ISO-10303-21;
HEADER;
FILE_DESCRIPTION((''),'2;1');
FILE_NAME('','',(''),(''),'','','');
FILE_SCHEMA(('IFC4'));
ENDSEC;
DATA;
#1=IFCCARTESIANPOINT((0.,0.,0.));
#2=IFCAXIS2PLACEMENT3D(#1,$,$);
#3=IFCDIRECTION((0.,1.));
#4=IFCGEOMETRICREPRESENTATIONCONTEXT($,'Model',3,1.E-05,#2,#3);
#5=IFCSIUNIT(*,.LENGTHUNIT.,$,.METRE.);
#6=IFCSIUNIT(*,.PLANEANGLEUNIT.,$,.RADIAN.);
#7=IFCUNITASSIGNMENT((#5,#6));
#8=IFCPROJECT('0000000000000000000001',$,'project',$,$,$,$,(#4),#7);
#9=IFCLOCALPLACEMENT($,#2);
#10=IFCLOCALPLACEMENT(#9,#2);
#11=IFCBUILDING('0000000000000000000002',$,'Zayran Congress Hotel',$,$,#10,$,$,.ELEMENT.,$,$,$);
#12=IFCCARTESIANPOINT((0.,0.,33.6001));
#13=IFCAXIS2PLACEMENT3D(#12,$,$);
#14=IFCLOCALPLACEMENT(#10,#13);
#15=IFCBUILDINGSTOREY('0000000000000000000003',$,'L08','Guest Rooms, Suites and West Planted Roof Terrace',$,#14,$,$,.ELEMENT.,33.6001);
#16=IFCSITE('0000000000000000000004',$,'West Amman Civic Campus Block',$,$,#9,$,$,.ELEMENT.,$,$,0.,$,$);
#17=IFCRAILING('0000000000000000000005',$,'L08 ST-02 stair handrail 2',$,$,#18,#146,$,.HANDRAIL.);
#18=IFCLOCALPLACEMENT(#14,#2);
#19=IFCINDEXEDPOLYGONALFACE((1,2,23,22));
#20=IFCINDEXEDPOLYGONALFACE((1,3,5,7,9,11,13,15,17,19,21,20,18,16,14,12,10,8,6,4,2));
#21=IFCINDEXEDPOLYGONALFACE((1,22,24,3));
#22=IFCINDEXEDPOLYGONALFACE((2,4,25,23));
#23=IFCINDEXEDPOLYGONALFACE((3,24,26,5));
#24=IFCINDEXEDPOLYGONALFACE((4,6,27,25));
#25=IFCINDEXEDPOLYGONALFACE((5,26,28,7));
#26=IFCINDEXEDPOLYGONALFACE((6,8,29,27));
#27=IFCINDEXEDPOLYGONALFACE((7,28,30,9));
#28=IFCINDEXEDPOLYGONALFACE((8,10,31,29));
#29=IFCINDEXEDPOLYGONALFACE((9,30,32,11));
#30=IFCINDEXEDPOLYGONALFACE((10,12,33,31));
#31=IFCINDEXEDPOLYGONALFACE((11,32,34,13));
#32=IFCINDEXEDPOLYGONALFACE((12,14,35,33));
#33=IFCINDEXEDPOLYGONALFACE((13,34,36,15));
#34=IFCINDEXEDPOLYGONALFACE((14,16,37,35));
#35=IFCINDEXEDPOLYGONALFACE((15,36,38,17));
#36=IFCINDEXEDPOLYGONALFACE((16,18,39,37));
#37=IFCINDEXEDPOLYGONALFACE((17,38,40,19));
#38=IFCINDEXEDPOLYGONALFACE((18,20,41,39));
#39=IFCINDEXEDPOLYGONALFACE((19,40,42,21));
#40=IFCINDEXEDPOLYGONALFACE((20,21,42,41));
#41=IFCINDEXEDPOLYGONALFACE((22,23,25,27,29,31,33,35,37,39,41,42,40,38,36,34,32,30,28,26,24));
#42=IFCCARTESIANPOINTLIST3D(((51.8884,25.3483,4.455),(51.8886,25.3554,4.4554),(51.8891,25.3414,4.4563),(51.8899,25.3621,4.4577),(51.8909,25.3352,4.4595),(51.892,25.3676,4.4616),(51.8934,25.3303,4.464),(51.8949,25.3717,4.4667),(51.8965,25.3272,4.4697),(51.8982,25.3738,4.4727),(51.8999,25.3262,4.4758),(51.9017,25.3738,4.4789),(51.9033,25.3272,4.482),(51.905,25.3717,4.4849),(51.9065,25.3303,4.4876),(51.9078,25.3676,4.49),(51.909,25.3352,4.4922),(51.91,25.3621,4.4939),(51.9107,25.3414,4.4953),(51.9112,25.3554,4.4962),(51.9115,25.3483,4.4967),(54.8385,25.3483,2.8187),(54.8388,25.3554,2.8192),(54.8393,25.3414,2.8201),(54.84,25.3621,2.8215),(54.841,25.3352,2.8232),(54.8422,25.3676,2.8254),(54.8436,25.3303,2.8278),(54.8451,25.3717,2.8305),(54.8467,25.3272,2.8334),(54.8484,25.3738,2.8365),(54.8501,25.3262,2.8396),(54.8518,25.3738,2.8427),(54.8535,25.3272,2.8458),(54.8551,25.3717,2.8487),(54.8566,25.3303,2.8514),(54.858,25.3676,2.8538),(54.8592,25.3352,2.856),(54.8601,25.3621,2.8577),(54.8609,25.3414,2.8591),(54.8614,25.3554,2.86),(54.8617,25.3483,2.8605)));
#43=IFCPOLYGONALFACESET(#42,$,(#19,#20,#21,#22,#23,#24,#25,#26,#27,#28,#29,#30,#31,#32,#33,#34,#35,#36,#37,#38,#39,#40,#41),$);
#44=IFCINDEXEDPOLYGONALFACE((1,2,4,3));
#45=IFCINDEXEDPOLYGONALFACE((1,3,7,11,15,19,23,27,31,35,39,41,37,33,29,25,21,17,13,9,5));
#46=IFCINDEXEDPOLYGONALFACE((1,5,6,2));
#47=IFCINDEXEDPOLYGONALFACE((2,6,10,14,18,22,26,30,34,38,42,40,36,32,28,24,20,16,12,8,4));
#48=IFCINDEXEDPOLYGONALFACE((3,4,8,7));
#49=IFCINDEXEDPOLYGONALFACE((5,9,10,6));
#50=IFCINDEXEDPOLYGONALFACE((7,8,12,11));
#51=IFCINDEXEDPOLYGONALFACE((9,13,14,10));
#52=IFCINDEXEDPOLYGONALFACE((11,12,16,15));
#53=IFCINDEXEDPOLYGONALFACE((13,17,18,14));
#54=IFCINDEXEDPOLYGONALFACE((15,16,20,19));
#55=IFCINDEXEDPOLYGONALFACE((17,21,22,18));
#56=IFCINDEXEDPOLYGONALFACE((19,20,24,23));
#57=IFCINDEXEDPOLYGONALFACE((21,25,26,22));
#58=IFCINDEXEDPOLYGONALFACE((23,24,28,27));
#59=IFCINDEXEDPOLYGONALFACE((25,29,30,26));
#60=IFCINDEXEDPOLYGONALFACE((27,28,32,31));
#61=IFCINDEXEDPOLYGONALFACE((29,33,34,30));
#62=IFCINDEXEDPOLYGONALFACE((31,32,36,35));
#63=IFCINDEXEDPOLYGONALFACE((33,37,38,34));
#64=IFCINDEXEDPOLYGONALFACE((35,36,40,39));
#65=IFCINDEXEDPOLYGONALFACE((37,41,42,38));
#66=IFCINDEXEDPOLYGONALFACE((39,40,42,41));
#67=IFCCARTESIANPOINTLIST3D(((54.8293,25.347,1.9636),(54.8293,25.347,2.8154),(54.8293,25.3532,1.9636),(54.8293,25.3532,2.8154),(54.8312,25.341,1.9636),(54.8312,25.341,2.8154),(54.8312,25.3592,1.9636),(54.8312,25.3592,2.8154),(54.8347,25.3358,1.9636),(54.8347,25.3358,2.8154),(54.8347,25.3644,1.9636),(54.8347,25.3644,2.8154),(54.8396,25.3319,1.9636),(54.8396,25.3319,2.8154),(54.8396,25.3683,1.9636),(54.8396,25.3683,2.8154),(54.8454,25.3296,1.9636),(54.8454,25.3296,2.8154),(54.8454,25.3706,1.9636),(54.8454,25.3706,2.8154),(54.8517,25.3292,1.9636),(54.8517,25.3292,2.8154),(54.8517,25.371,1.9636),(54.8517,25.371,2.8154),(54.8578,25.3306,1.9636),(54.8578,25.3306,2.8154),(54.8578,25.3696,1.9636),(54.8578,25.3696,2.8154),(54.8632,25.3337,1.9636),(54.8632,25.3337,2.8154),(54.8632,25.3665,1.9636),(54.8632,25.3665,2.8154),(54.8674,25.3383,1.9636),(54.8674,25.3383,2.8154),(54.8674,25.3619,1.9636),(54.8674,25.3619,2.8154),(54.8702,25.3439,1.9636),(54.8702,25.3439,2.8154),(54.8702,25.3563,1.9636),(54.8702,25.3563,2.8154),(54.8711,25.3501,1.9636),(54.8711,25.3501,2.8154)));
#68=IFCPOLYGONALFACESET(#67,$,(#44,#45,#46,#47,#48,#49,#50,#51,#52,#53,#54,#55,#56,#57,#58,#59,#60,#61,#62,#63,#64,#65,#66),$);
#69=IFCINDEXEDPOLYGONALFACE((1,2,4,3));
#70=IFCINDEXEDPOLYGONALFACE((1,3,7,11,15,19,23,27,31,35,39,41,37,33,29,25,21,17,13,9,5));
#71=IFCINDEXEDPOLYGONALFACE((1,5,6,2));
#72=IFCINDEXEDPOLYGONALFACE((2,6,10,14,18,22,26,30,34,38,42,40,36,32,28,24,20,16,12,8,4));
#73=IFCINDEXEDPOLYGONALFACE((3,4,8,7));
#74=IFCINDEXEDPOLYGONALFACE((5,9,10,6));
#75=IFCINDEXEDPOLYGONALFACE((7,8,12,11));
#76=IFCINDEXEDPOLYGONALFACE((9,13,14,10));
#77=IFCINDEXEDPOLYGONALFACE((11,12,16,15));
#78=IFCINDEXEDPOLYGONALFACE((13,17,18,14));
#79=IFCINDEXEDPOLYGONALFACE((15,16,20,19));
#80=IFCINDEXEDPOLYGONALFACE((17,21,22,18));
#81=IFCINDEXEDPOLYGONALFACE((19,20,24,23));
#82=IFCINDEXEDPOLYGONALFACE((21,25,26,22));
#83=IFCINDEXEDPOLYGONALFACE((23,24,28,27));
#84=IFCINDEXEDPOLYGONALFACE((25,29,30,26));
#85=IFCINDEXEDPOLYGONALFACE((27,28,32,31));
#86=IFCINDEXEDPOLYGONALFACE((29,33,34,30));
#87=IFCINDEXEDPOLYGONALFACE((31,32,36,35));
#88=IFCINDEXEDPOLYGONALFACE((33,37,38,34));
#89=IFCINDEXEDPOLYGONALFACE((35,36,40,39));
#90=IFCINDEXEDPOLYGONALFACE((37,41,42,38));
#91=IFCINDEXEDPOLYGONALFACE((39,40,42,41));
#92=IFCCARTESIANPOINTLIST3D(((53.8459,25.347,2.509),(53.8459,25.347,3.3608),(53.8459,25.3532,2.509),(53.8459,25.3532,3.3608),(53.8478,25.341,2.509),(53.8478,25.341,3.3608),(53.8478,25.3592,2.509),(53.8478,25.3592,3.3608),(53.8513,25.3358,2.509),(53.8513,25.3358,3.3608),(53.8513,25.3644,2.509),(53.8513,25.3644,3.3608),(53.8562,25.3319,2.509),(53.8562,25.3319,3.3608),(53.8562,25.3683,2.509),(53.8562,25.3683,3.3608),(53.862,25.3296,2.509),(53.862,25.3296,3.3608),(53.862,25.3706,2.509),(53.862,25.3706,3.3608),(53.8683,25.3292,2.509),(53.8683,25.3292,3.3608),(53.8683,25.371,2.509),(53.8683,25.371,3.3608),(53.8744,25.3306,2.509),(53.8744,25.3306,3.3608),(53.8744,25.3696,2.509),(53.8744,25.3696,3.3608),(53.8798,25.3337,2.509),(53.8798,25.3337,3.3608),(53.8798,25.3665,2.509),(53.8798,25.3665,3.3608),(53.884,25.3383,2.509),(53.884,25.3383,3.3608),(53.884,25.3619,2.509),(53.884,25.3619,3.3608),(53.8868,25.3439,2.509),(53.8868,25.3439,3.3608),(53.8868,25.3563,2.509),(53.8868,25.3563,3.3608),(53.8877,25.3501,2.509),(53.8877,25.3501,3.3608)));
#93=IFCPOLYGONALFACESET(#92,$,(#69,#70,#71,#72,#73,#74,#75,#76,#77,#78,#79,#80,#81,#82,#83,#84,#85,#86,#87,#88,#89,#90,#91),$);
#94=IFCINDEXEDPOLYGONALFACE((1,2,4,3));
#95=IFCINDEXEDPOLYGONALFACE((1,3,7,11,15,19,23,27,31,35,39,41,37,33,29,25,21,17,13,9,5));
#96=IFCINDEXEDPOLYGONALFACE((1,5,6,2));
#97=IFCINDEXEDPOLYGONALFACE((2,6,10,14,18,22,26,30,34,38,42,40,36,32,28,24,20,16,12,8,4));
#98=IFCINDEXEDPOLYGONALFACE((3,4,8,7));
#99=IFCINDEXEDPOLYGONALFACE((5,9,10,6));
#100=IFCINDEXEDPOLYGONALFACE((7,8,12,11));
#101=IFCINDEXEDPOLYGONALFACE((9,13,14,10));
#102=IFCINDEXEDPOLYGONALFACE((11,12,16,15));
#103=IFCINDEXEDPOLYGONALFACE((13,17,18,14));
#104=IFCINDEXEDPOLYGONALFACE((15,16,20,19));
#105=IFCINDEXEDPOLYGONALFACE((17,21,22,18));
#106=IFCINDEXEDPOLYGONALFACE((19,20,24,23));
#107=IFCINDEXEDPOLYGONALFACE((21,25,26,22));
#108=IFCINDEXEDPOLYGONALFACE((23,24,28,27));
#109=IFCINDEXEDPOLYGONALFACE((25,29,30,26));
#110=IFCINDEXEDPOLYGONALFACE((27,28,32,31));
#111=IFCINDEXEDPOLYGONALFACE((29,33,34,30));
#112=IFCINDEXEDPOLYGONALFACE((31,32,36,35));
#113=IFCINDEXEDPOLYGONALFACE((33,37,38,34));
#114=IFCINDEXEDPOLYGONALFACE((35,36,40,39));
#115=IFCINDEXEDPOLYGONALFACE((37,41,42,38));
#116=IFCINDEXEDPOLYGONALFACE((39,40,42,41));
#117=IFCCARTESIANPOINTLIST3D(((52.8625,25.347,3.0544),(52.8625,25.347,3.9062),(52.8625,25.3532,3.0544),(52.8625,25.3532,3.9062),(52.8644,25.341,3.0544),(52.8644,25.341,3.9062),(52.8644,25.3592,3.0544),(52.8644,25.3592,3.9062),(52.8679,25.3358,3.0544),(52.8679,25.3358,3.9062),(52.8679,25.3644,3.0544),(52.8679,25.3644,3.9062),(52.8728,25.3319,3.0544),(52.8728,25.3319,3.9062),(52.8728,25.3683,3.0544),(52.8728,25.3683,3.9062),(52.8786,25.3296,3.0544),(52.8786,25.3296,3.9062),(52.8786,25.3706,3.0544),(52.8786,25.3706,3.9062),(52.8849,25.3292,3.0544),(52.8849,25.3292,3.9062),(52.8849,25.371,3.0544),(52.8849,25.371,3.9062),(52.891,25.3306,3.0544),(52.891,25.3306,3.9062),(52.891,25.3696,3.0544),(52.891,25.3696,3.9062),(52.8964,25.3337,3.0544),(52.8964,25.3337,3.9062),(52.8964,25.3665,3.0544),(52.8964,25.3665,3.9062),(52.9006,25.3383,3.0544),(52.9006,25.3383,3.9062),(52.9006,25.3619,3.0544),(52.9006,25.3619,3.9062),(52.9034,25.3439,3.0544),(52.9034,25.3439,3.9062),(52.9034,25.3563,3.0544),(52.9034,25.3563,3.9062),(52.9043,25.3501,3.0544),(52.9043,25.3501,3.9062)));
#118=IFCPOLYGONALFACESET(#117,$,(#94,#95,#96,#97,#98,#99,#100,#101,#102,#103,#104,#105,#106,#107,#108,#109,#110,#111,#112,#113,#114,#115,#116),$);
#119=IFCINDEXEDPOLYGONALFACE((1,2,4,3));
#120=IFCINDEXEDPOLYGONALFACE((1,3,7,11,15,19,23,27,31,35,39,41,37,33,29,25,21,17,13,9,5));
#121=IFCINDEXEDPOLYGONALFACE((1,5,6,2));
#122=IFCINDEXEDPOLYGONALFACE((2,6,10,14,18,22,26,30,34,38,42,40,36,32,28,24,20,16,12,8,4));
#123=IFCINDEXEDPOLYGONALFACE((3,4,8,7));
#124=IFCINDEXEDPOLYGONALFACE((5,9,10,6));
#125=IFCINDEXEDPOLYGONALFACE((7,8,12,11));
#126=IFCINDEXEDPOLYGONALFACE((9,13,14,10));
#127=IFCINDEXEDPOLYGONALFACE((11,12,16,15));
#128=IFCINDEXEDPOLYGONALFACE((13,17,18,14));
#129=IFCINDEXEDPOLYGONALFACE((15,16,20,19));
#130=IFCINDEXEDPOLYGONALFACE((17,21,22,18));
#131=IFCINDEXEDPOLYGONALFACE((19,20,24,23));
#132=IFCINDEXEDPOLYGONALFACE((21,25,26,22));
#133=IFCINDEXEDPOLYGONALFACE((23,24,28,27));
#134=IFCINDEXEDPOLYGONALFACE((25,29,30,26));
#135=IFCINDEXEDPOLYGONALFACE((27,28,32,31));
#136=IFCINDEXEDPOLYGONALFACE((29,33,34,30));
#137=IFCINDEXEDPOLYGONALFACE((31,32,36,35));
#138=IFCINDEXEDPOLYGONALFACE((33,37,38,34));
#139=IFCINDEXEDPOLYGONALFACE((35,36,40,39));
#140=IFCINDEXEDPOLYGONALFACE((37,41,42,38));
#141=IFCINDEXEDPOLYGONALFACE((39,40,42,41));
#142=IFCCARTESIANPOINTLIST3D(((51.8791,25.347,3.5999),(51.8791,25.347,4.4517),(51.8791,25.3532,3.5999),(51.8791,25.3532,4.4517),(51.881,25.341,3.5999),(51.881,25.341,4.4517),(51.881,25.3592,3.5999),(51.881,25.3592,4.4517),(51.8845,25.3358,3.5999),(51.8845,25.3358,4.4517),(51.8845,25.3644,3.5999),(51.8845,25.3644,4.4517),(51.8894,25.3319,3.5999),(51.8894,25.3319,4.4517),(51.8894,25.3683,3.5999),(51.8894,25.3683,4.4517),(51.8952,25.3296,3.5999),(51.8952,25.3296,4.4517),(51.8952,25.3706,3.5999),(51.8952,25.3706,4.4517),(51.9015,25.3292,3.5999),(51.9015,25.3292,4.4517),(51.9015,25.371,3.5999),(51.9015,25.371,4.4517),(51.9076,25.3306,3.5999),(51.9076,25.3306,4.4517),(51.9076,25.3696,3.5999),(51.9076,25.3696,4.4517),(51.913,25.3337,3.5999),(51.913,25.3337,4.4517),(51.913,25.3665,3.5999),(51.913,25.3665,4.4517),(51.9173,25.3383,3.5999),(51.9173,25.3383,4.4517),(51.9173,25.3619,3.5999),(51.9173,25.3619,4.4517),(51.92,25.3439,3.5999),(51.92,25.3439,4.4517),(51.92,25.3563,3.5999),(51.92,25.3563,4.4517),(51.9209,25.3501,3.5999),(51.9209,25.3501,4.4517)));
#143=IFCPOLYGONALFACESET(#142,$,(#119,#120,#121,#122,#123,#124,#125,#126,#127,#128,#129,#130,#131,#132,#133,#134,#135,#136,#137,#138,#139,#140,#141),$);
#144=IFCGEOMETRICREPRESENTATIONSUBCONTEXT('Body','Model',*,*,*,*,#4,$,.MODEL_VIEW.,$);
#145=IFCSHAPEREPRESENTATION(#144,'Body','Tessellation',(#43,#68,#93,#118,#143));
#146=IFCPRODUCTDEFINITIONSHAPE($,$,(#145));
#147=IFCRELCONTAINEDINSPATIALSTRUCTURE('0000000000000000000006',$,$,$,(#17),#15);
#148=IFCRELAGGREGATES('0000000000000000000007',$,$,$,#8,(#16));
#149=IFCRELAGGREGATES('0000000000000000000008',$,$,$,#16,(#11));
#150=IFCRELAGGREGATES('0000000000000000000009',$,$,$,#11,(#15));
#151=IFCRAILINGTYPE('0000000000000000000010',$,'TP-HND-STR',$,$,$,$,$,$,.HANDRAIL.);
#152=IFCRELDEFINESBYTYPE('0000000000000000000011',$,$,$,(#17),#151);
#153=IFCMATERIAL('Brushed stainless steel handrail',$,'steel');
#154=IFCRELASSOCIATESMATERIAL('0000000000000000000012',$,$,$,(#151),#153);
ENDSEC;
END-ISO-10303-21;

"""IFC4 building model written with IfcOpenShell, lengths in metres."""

from ifc_helpers import new_model, si_unit, direction, frame, origin, origin_2d, place, context, subcontext, project, spatial, circle, extrude, material, type_object, element, save


model = new_model("IFC4")

# Units and contexts
model_context = context("Model", 3, precision=1e-05, world=origin(), true_north=direction((0.0, 1.0)))
body_context = subcontext(model_context, "Body", "Model", "MODEL_VIEW")
ifc_project = project(units=[si_unit("LENGTHUNIT", "METRE"), si_unit("PLANEANGLEUNIT", "RADIAN")], contexts=[model_context])

# Site, building, storey
site_placement = place(None, origin())
site = spatial("IfcSite", under=ifc_project, at=site_placement, Name="West Amman Civic Campus Block", CompositionType="ELEMENT", RefElevation=0.0)
building_placement = place(site_placement, origin())
building = spatial("IfcBuilding", under=site, at=building_placement, Name="Zayran Congress Hotel", CompositionType="ELEMENT")
storey_placement = place(building_placement, frame((0.0, 0.0, 33.6001)))
storey = spatial("IfcBuildingStorey", under=building, at=storey_placement, Name="L08", Description="Guest Rooms, Suites and West Planted Roof Terrace", CompositionType="ELEMENT", Elevation=33.6001)

# Railing
ifc_material_1 = material(Name="Brushed stainless steel handrail", Category="steel")
railing_type_1 = type_object("IfcRailingType", Name="TP-HND-STR", PredefinedType="HANDRAIL", material=ifc_material_1)
railing_1_placement = place(storey_placement, frame((54.8501, 25.3501, 1.9636)))
element("IfcRailing", 1, at=railing_1_placement, inside=storey, type_object=railing_type_1, Name="L08 ST-02 stair handrail 2", PredefinedType="HANDRAIL", context=body_context, shape_type="SweptSolid", body=[
    extrude(circle(Radius=0.0239, at=origin_2d()), frame((0.0, 0.0, 0.876), z_axis=(-0.874505, 0.0, 0.485016), x_axis=(0.0, -1.0, 0.0)), (0.0, 0.0, 1.0), 3.3735),
    extrude(circle(Radius=0.021, at=origin_2d()), origin(), (0.0, 0.0, 1.0), 0.8518),
    extrude(circle(Radius=0.021, at=origin_2d()), frame((-0.9834, 0.0, 0.5454)), (0.0, 0.0, 1.0), 0.8518),
    extrude(circle(Radius=0.021, at=origin_2d()), frame((-1.9668, 0.0, 1.0908)), (0.0, 0.0, 1.0), 0.8518),
    extrude(circle(Radius=0.021, at=origin_2d()), frame((-2.9502, 0.0, 1.6362)), (0.0, 0.0, 1.0), 0.8518),
])

save(model, "model.ifc")
